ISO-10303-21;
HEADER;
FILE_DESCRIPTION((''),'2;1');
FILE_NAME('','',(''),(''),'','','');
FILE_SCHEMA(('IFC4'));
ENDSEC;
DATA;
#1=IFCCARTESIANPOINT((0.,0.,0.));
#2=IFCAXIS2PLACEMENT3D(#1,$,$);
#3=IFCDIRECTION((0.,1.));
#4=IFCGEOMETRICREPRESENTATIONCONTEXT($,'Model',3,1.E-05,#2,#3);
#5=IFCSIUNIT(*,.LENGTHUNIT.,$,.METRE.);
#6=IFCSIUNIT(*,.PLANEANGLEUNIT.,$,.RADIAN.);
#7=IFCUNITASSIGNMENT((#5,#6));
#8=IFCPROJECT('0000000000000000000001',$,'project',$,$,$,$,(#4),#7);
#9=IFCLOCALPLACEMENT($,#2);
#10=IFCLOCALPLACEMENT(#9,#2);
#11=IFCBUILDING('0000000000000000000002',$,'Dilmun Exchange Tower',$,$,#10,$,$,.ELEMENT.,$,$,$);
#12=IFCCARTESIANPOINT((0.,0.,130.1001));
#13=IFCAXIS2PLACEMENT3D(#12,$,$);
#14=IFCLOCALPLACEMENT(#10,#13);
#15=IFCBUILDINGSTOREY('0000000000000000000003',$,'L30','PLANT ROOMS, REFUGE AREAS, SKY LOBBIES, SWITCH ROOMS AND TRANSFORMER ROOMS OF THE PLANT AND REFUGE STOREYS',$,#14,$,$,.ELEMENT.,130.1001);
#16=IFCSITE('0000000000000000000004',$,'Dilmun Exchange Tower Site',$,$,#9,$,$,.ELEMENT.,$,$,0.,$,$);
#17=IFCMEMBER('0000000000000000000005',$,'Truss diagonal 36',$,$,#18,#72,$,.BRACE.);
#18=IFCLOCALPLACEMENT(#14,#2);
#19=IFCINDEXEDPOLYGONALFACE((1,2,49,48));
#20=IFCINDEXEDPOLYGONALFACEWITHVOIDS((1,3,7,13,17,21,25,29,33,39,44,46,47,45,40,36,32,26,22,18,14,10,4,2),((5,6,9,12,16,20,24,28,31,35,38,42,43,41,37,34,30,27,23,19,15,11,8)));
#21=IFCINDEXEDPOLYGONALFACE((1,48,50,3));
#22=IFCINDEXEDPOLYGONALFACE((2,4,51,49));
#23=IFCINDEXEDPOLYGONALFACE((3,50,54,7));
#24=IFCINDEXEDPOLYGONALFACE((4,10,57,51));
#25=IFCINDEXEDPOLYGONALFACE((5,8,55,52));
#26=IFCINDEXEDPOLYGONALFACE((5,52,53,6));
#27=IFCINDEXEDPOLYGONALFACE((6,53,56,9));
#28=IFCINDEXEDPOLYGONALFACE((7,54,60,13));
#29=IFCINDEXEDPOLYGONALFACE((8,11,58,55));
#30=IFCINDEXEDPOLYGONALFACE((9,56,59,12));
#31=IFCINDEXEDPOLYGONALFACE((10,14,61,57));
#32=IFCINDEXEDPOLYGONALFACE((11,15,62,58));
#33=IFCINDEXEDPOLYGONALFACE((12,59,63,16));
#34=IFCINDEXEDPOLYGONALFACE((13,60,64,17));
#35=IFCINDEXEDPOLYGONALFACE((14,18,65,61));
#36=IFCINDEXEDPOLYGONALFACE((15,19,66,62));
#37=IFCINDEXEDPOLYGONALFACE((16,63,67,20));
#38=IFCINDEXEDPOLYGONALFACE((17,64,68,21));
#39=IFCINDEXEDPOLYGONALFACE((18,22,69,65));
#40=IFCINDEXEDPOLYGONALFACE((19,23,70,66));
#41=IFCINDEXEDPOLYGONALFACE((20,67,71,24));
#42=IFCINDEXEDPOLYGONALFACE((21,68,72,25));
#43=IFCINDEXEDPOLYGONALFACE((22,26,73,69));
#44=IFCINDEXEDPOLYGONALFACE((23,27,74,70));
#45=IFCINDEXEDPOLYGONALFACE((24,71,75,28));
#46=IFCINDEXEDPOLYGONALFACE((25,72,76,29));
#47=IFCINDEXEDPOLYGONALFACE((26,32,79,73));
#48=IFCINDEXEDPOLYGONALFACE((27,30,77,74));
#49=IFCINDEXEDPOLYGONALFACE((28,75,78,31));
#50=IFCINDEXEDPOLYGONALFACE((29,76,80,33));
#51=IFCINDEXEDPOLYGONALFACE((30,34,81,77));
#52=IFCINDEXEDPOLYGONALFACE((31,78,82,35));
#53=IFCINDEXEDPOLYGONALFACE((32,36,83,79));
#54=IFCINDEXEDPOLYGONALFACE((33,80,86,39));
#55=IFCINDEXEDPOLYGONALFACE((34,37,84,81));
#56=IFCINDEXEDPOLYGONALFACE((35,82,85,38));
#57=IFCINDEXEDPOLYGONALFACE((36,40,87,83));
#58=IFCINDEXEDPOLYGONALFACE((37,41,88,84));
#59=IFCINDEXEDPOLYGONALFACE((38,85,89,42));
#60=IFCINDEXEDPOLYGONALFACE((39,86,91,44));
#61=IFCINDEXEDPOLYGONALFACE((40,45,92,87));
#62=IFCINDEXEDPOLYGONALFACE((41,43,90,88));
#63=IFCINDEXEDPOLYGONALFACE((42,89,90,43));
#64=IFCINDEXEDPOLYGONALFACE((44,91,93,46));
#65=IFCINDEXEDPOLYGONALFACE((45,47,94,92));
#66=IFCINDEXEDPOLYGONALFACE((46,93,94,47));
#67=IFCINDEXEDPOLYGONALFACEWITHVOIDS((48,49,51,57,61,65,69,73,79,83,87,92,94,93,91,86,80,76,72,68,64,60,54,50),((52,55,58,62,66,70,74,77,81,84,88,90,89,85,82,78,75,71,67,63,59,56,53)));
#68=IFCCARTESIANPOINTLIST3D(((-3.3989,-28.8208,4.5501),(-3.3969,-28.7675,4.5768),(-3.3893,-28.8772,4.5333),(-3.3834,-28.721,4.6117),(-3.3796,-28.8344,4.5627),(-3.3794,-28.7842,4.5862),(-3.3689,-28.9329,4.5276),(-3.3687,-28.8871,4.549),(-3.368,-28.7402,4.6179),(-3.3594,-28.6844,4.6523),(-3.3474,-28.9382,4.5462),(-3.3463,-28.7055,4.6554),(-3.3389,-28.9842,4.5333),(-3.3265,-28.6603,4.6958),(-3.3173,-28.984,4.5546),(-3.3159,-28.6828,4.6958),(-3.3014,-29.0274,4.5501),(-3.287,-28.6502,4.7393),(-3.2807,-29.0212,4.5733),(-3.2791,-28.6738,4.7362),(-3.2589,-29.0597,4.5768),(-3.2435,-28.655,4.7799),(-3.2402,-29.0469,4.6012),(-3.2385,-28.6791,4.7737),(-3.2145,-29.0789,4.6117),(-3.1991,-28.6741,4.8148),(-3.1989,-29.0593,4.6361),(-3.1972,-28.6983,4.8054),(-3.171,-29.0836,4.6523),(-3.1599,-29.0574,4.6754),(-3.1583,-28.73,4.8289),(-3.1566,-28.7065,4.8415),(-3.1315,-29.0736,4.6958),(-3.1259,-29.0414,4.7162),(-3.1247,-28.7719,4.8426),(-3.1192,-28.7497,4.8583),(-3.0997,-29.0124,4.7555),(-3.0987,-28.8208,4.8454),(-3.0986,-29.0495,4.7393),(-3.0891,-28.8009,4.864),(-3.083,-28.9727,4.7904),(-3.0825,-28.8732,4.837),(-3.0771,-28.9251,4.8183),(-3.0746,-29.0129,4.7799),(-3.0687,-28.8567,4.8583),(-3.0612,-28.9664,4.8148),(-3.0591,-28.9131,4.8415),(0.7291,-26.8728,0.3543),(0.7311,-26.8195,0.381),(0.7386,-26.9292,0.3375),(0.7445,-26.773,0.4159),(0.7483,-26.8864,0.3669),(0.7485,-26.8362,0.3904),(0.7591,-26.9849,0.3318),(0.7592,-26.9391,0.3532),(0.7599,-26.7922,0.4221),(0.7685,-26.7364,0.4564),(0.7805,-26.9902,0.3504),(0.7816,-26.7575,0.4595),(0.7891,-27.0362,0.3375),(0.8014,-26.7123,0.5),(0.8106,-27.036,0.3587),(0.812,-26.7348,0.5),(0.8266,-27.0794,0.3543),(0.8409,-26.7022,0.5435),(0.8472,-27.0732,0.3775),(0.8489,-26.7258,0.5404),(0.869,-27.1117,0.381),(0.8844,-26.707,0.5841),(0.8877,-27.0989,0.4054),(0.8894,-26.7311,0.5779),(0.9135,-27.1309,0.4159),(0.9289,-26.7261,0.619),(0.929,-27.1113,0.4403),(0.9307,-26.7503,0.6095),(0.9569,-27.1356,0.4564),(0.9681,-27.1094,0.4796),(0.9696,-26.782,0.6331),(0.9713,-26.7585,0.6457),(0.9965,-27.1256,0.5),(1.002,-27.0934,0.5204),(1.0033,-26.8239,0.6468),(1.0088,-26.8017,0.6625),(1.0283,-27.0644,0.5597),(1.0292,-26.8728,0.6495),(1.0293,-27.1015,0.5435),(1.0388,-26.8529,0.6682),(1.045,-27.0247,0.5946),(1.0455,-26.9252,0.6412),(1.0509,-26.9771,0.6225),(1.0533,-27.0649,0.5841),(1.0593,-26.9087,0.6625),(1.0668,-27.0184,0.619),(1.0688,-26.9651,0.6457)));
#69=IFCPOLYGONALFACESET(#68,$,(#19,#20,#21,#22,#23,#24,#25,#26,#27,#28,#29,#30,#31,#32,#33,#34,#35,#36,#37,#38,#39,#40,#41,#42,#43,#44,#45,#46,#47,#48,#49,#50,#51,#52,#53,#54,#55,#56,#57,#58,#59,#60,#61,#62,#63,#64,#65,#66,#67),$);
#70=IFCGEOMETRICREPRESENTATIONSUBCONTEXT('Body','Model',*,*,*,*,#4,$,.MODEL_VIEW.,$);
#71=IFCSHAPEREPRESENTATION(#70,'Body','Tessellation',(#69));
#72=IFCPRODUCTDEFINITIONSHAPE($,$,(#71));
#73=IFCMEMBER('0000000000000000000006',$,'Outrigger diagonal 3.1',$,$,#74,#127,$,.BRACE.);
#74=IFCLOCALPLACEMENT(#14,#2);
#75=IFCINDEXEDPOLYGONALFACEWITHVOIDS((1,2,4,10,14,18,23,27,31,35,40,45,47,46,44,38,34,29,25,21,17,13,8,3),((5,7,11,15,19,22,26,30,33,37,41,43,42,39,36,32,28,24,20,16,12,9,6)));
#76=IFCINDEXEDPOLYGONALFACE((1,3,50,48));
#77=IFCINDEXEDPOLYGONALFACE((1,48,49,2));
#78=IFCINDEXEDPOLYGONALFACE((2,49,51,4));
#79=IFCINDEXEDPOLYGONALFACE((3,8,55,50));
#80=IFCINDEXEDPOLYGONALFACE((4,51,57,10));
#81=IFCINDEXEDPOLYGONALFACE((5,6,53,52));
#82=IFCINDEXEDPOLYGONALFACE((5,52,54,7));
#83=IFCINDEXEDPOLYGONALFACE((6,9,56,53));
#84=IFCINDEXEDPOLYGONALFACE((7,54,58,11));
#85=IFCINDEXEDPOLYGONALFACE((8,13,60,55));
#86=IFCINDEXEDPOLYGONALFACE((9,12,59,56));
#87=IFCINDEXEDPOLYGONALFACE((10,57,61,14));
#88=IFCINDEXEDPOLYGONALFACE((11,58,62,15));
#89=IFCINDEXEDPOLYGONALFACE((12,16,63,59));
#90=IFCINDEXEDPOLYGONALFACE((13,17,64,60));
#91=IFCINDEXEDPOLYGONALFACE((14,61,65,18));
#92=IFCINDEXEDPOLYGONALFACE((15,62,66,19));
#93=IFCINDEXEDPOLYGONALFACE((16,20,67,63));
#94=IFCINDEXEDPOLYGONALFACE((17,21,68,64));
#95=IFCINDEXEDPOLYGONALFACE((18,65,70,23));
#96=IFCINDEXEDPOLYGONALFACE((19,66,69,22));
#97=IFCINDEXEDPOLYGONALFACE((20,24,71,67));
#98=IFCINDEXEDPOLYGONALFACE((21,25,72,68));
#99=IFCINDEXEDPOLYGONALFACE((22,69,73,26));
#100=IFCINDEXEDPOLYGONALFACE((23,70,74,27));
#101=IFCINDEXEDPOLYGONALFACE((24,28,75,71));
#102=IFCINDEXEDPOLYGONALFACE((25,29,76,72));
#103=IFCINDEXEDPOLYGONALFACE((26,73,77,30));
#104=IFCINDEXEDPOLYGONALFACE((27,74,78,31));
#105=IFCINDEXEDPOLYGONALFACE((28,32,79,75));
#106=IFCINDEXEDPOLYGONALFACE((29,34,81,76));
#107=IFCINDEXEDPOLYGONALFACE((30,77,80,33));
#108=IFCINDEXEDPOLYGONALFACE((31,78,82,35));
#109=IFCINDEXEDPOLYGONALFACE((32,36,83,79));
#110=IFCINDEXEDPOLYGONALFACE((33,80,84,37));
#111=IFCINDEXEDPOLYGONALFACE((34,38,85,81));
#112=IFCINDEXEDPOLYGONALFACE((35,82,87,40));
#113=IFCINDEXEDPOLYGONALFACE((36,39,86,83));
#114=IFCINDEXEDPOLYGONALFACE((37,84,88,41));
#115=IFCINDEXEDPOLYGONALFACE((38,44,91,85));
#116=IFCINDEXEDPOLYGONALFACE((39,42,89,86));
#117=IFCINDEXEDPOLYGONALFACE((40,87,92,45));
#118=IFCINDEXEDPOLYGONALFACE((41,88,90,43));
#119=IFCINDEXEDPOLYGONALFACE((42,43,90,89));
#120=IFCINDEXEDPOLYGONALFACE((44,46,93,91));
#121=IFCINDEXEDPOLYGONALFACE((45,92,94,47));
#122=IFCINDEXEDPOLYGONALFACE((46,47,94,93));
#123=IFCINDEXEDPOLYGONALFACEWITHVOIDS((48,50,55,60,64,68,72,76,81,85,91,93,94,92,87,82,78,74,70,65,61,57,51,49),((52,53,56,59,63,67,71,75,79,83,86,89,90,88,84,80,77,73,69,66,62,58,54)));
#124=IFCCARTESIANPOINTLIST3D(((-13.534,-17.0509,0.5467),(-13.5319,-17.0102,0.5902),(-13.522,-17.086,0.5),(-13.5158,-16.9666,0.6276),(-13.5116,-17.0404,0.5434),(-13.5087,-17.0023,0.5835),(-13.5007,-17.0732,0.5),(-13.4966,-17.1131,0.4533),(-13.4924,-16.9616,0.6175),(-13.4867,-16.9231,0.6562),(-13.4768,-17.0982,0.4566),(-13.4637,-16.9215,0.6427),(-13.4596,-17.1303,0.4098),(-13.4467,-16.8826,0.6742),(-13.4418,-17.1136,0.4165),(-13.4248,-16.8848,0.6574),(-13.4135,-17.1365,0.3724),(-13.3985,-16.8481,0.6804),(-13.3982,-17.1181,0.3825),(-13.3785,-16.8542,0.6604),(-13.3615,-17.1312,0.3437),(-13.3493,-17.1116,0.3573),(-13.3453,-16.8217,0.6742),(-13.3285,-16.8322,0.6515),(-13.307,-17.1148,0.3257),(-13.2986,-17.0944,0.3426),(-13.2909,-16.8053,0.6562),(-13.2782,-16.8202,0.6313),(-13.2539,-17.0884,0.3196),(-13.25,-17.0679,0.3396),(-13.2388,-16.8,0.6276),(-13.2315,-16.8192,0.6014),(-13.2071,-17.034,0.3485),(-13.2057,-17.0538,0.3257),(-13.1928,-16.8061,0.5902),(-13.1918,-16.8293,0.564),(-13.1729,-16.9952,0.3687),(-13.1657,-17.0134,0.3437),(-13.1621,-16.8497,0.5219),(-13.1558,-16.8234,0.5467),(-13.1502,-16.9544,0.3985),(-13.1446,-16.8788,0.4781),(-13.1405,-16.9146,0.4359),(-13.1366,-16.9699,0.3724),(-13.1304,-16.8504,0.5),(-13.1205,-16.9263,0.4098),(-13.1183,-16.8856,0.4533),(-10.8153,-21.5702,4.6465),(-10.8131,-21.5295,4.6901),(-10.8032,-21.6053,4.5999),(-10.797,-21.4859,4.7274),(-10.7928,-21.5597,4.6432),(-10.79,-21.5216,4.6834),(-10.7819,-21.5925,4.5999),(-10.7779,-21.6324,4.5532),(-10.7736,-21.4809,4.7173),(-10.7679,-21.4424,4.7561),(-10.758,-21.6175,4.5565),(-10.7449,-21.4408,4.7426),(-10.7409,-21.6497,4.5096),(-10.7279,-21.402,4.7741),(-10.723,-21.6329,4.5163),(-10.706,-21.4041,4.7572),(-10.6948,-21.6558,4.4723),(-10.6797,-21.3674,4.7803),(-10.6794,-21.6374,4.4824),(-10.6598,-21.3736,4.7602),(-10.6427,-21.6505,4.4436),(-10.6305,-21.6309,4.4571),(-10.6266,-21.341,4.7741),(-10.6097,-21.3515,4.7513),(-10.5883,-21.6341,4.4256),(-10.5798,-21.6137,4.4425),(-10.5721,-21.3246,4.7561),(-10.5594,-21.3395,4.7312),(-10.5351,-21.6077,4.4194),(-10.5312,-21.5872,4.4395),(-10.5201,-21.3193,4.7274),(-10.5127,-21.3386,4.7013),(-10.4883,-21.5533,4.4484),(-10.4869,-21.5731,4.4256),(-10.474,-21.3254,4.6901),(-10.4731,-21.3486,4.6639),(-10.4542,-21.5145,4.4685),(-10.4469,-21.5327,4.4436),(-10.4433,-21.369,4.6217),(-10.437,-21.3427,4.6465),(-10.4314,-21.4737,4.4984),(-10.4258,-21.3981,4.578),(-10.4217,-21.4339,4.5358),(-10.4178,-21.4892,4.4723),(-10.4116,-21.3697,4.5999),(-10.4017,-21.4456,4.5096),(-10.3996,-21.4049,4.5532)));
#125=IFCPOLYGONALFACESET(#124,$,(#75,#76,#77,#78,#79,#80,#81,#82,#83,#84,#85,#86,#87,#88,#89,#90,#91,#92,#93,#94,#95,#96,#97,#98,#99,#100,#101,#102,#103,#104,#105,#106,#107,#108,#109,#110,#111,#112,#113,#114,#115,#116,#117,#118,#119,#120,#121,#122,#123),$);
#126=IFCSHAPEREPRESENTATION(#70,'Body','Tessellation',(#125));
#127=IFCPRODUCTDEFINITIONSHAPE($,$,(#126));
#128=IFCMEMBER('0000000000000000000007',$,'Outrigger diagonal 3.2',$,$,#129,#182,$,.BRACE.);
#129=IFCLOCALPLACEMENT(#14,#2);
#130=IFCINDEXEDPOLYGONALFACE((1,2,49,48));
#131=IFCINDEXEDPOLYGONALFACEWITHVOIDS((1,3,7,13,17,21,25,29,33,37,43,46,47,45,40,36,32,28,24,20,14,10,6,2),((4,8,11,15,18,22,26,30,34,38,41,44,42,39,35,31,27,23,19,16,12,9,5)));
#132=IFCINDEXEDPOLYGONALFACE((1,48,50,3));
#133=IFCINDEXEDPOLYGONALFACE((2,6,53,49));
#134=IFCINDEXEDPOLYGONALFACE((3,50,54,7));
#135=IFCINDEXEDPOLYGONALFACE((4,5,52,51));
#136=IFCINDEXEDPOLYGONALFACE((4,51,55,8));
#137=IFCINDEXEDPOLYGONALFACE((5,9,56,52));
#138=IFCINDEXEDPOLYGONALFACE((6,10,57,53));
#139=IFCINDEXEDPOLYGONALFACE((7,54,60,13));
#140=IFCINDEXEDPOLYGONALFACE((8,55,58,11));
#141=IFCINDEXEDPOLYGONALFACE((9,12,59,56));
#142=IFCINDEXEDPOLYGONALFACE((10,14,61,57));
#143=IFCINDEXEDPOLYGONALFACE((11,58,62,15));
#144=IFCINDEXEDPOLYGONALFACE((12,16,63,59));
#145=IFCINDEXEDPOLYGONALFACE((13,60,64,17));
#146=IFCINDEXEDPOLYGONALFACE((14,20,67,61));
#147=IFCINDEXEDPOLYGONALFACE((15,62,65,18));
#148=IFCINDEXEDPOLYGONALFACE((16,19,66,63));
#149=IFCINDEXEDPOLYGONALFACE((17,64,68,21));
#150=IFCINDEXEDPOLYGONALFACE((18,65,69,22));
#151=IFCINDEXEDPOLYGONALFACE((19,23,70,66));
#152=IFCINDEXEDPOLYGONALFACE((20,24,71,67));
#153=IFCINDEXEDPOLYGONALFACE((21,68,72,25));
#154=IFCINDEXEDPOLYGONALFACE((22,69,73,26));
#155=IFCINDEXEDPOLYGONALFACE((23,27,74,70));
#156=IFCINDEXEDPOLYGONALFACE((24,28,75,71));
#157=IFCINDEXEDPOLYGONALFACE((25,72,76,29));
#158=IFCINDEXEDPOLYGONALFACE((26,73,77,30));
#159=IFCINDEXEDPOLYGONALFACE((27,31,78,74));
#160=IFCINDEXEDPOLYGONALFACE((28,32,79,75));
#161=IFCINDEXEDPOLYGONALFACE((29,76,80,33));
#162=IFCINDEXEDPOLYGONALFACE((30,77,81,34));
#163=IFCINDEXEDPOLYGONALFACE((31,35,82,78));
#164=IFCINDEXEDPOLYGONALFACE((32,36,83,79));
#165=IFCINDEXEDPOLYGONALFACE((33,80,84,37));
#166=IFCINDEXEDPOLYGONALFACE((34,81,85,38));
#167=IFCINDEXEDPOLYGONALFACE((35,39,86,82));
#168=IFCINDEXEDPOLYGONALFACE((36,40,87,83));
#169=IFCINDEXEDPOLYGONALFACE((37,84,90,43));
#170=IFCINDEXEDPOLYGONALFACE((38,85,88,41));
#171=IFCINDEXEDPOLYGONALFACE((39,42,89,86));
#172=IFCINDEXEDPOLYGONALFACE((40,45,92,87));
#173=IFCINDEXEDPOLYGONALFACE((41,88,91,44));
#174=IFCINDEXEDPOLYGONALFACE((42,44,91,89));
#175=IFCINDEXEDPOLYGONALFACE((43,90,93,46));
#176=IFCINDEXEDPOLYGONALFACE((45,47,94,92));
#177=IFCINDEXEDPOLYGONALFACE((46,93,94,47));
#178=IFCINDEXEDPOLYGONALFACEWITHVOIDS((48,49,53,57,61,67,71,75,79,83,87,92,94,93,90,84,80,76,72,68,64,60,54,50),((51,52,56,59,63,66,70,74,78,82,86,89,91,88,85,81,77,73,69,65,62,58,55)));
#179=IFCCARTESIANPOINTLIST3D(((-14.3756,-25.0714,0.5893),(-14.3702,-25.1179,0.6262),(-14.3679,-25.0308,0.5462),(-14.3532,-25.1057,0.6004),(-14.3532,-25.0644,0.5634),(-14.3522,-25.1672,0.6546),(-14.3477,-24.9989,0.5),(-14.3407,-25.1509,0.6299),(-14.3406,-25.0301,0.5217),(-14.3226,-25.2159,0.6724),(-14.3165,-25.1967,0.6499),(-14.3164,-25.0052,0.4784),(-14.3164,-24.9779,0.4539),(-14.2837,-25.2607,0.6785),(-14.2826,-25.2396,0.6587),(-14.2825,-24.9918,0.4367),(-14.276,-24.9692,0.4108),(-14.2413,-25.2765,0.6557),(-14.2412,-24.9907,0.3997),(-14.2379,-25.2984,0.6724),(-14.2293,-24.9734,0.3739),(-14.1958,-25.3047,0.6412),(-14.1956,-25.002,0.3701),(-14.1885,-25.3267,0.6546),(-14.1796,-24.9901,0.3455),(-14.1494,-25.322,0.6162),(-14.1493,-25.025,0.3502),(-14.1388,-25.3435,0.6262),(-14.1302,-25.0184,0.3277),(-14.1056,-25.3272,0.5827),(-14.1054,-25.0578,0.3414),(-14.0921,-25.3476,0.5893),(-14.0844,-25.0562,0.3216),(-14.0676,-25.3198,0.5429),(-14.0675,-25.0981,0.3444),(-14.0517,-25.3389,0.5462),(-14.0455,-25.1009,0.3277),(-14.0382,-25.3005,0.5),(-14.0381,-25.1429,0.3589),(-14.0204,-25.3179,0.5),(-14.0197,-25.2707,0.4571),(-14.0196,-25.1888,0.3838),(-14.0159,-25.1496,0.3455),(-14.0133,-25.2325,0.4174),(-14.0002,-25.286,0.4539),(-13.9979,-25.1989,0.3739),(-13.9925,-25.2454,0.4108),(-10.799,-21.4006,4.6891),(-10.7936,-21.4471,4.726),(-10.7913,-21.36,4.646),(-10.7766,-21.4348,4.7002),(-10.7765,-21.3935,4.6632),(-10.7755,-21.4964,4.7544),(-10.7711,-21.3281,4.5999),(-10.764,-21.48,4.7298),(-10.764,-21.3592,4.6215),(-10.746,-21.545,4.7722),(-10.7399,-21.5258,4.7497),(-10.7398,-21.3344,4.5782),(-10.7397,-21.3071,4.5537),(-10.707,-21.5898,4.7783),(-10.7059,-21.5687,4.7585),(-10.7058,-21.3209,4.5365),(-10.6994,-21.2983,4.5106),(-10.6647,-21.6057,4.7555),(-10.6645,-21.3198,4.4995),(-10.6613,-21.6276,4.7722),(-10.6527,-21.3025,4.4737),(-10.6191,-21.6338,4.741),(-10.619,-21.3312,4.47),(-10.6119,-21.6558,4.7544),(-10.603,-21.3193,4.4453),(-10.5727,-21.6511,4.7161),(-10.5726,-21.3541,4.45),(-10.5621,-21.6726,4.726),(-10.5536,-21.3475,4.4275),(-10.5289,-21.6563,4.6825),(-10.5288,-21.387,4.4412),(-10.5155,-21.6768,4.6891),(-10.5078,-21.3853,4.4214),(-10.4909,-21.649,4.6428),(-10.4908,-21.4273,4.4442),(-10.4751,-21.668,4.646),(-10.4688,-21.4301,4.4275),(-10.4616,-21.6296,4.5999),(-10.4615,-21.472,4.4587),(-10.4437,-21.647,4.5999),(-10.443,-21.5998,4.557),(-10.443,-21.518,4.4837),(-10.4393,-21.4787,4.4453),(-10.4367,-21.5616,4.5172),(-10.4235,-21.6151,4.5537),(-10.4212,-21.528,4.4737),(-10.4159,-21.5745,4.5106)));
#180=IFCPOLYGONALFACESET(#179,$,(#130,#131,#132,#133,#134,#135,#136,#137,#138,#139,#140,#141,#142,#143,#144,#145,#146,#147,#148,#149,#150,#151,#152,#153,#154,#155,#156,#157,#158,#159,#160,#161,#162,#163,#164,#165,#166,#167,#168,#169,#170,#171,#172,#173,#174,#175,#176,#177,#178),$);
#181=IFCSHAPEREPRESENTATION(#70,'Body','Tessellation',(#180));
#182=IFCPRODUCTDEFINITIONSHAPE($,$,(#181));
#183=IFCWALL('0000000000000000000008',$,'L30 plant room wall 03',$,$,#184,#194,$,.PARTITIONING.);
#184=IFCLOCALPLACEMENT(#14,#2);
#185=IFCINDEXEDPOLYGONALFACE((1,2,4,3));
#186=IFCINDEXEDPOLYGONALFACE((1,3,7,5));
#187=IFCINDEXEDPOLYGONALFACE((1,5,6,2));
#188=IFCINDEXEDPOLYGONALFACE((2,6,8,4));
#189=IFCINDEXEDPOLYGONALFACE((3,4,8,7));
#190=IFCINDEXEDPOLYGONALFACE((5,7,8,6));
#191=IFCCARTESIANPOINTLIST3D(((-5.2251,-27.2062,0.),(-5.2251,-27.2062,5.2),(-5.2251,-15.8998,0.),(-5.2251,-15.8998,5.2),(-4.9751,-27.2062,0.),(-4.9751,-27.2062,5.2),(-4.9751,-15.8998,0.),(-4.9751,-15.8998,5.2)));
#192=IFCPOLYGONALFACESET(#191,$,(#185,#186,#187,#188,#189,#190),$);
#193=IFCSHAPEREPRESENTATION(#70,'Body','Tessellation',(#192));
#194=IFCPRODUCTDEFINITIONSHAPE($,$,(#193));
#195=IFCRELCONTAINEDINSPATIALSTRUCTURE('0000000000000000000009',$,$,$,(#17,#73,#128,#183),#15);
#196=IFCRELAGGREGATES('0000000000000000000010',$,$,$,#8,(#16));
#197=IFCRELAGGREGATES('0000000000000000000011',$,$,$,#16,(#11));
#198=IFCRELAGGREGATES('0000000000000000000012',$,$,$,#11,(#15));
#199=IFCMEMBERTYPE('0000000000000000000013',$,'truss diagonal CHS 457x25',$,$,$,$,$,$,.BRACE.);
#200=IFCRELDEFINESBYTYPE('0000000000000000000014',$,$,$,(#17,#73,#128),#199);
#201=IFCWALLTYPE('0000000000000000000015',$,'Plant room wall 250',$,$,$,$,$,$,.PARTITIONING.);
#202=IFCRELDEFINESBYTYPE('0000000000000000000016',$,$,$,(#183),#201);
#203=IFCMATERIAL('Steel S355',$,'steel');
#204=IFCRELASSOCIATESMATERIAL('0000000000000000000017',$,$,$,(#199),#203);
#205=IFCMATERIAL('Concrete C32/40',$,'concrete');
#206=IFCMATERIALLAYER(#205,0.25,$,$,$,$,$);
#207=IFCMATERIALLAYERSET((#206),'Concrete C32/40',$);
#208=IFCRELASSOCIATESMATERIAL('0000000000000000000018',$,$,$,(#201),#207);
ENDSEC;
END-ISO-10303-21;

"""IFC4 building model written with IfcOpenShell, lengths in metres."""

from ifc_helpers import new_model, si_unit, direction, frame, frame_2d, origin, origin_2d, place, context, subcontext, project, spatial, rectangle, hollow_circle, extrude, material, layer, layer_set, material_profile, profile_set, type_object, element, save


model = new_model("IFC4")

# Units and contexts
model_context = context("Model", 3, precision=1e-05, world=origin(), true_north=direction((0.0, 1.0)))
body_context = subcontext(model_context, "Body", "Model", "MODEL_VIEW")
ifc_project = project(units=[si_unit("LENGTHUNIT", "METRE"), si_unit("PLANEANGLEUNIT", "RADIAN")], contexts=[model_context])

# Site, building, storey
site_placement = place(None, origin())
site = spatial("IfcSite", under=ifc_project, at=site_placement, Name="Dilmun Exchange Tower Site", CompositionType="ELEMENT", RefElevation=0.0)
building_placement = place(site_placement, origin())
building = spatial("IfcBuilding", under=site, at=building_placement, Name="Dilmun Exchange Tower", CompositionType="ELEMENT")
storey_placement = place(building_placement, frame((0.0, 0.0, 130.1001)))
storey = spatial("IfcBuildingStorey", under=building, at=storey_placement, Name="L30", Description="PLANT ROOMS, REFUGE AREAS, SKY LOBBIES, SWITCH ROOMS AND TRANSFORMER ROOMS OF THE PLANT AND REFUGE STOREYS", CompositionType="ELEMENT", Elevation=130.1001)

# Shared definitions
ifc_material_1 = material(Name="Steel S355", Category="steel")

# Members
ifc_material_profile_1 = material_profile(ifc_material_1, hollow_circle(Radius=0.2285, WallThickness=0.0249, at=origin_2d()), Name="CHS 457x25")
ifc_profile_set_1 = profile_set([ifc_material_profile_1], Name="Steel S355")
member_type_1 = type_object("IfcMemberType", Name="truss diagonal CHS 457x25", PredefinedType="BRACE", material=ifc_profile_set_1)
member_1_placement = place(storey_placement, frame((-3.229, -28.8669, 4.6958), z_axis=(0.665802, 0.314196, -0.676749), x_axis=(-0.426773, 0.904359, 0.0)))
element("IfcMember", 1, at=member_1_placement, inside=storey, type_object=member_type_1, Name="Truss diagonal 36", PredefinedType="BRACE", context=body_context, shape_type="SweptSolid", body=[
    extrude(hollow_circle(Radius=0.2285, WallThickness=0.0249, at=origin_2d()), origin(), (0.0, 0.0, 1.0), 6.2),
])
member_2_placement = place(storey_placement, frame((-10.6074, -21.4875, 4.5999), z_axis=(-0.40699, 0.676525, -0.613737), x_axis=(-0.856892, -0.515496, 0.0)))
element("IfcMember", 2, at=member_2_placement, inside=storey, type_object=member_type_1, Name="Outrigger diagonal 3.1", PredefinedType="BRACE", context=body_context, shape_type="SweptSolid", body=[
    extrude(hollow_circle(Radius=0.2285, WallThickness=0.0249, at=origin_2d()), origin(), (0.0, 0.0, 1.0), 6.6802),
])
member_3_placement = place(storey_placement, frame((-10.6074, -21.4875, 4.5999), z_axis=(-0.544949, -0.559308, -0.624664), x_axis=(0.716241, -0.697853, 0.0)))
element("IfcMember", 3, at=member_3_placement, inside=storey, type_object=member_type_1, Name="Outrigger diagonal 3.2", PredefinedType="BRACE", context=body_context, shape_type="SweptSolid", body=[
    extrude(hollow_circle(Radius=0.2285, WallThickness=0.0249, at=origin_2d()), origin(), (0.0, 0.0, 1.0), 6.5632),
])

# Wall
ifc_material_2 = material(Name="Concrete C32/40", Category="concrete")
ifc_layer_1 = layer(ifc_material_2, 0.25)
ifc_layer_set_1 = layer_set([ifc_layer_1], Name="Concrete C32/40")
wall_type = type_object("IfcWallType", Name="Plant room wall 250", PredefinedType="PARTITIONING", material=ifc_layer_set_1)
wall_1_placement = place(storey_placement, frame((-5.1001, -27.2063, 0.0), z_axis=(0.0, 0.0, 1.0), x_axis=(0.0, 1.0, 0.0)))
element("IfcWall", 4, at=wall_1_placement, inside=storey, type_object=wall_type, Name="L30 plant room wall 03", PredefinedType="PARTITIONING", context=body_context, shape_type="SweptSolid", body=[
    extrude(rectangle(XDim=11.3064, YDim=0.25, at=frame_2d((5.6533, 0.0))), origin(), (0.0, 0.0, 1.0), 5.2),
])

save(model, "model.ifc")
